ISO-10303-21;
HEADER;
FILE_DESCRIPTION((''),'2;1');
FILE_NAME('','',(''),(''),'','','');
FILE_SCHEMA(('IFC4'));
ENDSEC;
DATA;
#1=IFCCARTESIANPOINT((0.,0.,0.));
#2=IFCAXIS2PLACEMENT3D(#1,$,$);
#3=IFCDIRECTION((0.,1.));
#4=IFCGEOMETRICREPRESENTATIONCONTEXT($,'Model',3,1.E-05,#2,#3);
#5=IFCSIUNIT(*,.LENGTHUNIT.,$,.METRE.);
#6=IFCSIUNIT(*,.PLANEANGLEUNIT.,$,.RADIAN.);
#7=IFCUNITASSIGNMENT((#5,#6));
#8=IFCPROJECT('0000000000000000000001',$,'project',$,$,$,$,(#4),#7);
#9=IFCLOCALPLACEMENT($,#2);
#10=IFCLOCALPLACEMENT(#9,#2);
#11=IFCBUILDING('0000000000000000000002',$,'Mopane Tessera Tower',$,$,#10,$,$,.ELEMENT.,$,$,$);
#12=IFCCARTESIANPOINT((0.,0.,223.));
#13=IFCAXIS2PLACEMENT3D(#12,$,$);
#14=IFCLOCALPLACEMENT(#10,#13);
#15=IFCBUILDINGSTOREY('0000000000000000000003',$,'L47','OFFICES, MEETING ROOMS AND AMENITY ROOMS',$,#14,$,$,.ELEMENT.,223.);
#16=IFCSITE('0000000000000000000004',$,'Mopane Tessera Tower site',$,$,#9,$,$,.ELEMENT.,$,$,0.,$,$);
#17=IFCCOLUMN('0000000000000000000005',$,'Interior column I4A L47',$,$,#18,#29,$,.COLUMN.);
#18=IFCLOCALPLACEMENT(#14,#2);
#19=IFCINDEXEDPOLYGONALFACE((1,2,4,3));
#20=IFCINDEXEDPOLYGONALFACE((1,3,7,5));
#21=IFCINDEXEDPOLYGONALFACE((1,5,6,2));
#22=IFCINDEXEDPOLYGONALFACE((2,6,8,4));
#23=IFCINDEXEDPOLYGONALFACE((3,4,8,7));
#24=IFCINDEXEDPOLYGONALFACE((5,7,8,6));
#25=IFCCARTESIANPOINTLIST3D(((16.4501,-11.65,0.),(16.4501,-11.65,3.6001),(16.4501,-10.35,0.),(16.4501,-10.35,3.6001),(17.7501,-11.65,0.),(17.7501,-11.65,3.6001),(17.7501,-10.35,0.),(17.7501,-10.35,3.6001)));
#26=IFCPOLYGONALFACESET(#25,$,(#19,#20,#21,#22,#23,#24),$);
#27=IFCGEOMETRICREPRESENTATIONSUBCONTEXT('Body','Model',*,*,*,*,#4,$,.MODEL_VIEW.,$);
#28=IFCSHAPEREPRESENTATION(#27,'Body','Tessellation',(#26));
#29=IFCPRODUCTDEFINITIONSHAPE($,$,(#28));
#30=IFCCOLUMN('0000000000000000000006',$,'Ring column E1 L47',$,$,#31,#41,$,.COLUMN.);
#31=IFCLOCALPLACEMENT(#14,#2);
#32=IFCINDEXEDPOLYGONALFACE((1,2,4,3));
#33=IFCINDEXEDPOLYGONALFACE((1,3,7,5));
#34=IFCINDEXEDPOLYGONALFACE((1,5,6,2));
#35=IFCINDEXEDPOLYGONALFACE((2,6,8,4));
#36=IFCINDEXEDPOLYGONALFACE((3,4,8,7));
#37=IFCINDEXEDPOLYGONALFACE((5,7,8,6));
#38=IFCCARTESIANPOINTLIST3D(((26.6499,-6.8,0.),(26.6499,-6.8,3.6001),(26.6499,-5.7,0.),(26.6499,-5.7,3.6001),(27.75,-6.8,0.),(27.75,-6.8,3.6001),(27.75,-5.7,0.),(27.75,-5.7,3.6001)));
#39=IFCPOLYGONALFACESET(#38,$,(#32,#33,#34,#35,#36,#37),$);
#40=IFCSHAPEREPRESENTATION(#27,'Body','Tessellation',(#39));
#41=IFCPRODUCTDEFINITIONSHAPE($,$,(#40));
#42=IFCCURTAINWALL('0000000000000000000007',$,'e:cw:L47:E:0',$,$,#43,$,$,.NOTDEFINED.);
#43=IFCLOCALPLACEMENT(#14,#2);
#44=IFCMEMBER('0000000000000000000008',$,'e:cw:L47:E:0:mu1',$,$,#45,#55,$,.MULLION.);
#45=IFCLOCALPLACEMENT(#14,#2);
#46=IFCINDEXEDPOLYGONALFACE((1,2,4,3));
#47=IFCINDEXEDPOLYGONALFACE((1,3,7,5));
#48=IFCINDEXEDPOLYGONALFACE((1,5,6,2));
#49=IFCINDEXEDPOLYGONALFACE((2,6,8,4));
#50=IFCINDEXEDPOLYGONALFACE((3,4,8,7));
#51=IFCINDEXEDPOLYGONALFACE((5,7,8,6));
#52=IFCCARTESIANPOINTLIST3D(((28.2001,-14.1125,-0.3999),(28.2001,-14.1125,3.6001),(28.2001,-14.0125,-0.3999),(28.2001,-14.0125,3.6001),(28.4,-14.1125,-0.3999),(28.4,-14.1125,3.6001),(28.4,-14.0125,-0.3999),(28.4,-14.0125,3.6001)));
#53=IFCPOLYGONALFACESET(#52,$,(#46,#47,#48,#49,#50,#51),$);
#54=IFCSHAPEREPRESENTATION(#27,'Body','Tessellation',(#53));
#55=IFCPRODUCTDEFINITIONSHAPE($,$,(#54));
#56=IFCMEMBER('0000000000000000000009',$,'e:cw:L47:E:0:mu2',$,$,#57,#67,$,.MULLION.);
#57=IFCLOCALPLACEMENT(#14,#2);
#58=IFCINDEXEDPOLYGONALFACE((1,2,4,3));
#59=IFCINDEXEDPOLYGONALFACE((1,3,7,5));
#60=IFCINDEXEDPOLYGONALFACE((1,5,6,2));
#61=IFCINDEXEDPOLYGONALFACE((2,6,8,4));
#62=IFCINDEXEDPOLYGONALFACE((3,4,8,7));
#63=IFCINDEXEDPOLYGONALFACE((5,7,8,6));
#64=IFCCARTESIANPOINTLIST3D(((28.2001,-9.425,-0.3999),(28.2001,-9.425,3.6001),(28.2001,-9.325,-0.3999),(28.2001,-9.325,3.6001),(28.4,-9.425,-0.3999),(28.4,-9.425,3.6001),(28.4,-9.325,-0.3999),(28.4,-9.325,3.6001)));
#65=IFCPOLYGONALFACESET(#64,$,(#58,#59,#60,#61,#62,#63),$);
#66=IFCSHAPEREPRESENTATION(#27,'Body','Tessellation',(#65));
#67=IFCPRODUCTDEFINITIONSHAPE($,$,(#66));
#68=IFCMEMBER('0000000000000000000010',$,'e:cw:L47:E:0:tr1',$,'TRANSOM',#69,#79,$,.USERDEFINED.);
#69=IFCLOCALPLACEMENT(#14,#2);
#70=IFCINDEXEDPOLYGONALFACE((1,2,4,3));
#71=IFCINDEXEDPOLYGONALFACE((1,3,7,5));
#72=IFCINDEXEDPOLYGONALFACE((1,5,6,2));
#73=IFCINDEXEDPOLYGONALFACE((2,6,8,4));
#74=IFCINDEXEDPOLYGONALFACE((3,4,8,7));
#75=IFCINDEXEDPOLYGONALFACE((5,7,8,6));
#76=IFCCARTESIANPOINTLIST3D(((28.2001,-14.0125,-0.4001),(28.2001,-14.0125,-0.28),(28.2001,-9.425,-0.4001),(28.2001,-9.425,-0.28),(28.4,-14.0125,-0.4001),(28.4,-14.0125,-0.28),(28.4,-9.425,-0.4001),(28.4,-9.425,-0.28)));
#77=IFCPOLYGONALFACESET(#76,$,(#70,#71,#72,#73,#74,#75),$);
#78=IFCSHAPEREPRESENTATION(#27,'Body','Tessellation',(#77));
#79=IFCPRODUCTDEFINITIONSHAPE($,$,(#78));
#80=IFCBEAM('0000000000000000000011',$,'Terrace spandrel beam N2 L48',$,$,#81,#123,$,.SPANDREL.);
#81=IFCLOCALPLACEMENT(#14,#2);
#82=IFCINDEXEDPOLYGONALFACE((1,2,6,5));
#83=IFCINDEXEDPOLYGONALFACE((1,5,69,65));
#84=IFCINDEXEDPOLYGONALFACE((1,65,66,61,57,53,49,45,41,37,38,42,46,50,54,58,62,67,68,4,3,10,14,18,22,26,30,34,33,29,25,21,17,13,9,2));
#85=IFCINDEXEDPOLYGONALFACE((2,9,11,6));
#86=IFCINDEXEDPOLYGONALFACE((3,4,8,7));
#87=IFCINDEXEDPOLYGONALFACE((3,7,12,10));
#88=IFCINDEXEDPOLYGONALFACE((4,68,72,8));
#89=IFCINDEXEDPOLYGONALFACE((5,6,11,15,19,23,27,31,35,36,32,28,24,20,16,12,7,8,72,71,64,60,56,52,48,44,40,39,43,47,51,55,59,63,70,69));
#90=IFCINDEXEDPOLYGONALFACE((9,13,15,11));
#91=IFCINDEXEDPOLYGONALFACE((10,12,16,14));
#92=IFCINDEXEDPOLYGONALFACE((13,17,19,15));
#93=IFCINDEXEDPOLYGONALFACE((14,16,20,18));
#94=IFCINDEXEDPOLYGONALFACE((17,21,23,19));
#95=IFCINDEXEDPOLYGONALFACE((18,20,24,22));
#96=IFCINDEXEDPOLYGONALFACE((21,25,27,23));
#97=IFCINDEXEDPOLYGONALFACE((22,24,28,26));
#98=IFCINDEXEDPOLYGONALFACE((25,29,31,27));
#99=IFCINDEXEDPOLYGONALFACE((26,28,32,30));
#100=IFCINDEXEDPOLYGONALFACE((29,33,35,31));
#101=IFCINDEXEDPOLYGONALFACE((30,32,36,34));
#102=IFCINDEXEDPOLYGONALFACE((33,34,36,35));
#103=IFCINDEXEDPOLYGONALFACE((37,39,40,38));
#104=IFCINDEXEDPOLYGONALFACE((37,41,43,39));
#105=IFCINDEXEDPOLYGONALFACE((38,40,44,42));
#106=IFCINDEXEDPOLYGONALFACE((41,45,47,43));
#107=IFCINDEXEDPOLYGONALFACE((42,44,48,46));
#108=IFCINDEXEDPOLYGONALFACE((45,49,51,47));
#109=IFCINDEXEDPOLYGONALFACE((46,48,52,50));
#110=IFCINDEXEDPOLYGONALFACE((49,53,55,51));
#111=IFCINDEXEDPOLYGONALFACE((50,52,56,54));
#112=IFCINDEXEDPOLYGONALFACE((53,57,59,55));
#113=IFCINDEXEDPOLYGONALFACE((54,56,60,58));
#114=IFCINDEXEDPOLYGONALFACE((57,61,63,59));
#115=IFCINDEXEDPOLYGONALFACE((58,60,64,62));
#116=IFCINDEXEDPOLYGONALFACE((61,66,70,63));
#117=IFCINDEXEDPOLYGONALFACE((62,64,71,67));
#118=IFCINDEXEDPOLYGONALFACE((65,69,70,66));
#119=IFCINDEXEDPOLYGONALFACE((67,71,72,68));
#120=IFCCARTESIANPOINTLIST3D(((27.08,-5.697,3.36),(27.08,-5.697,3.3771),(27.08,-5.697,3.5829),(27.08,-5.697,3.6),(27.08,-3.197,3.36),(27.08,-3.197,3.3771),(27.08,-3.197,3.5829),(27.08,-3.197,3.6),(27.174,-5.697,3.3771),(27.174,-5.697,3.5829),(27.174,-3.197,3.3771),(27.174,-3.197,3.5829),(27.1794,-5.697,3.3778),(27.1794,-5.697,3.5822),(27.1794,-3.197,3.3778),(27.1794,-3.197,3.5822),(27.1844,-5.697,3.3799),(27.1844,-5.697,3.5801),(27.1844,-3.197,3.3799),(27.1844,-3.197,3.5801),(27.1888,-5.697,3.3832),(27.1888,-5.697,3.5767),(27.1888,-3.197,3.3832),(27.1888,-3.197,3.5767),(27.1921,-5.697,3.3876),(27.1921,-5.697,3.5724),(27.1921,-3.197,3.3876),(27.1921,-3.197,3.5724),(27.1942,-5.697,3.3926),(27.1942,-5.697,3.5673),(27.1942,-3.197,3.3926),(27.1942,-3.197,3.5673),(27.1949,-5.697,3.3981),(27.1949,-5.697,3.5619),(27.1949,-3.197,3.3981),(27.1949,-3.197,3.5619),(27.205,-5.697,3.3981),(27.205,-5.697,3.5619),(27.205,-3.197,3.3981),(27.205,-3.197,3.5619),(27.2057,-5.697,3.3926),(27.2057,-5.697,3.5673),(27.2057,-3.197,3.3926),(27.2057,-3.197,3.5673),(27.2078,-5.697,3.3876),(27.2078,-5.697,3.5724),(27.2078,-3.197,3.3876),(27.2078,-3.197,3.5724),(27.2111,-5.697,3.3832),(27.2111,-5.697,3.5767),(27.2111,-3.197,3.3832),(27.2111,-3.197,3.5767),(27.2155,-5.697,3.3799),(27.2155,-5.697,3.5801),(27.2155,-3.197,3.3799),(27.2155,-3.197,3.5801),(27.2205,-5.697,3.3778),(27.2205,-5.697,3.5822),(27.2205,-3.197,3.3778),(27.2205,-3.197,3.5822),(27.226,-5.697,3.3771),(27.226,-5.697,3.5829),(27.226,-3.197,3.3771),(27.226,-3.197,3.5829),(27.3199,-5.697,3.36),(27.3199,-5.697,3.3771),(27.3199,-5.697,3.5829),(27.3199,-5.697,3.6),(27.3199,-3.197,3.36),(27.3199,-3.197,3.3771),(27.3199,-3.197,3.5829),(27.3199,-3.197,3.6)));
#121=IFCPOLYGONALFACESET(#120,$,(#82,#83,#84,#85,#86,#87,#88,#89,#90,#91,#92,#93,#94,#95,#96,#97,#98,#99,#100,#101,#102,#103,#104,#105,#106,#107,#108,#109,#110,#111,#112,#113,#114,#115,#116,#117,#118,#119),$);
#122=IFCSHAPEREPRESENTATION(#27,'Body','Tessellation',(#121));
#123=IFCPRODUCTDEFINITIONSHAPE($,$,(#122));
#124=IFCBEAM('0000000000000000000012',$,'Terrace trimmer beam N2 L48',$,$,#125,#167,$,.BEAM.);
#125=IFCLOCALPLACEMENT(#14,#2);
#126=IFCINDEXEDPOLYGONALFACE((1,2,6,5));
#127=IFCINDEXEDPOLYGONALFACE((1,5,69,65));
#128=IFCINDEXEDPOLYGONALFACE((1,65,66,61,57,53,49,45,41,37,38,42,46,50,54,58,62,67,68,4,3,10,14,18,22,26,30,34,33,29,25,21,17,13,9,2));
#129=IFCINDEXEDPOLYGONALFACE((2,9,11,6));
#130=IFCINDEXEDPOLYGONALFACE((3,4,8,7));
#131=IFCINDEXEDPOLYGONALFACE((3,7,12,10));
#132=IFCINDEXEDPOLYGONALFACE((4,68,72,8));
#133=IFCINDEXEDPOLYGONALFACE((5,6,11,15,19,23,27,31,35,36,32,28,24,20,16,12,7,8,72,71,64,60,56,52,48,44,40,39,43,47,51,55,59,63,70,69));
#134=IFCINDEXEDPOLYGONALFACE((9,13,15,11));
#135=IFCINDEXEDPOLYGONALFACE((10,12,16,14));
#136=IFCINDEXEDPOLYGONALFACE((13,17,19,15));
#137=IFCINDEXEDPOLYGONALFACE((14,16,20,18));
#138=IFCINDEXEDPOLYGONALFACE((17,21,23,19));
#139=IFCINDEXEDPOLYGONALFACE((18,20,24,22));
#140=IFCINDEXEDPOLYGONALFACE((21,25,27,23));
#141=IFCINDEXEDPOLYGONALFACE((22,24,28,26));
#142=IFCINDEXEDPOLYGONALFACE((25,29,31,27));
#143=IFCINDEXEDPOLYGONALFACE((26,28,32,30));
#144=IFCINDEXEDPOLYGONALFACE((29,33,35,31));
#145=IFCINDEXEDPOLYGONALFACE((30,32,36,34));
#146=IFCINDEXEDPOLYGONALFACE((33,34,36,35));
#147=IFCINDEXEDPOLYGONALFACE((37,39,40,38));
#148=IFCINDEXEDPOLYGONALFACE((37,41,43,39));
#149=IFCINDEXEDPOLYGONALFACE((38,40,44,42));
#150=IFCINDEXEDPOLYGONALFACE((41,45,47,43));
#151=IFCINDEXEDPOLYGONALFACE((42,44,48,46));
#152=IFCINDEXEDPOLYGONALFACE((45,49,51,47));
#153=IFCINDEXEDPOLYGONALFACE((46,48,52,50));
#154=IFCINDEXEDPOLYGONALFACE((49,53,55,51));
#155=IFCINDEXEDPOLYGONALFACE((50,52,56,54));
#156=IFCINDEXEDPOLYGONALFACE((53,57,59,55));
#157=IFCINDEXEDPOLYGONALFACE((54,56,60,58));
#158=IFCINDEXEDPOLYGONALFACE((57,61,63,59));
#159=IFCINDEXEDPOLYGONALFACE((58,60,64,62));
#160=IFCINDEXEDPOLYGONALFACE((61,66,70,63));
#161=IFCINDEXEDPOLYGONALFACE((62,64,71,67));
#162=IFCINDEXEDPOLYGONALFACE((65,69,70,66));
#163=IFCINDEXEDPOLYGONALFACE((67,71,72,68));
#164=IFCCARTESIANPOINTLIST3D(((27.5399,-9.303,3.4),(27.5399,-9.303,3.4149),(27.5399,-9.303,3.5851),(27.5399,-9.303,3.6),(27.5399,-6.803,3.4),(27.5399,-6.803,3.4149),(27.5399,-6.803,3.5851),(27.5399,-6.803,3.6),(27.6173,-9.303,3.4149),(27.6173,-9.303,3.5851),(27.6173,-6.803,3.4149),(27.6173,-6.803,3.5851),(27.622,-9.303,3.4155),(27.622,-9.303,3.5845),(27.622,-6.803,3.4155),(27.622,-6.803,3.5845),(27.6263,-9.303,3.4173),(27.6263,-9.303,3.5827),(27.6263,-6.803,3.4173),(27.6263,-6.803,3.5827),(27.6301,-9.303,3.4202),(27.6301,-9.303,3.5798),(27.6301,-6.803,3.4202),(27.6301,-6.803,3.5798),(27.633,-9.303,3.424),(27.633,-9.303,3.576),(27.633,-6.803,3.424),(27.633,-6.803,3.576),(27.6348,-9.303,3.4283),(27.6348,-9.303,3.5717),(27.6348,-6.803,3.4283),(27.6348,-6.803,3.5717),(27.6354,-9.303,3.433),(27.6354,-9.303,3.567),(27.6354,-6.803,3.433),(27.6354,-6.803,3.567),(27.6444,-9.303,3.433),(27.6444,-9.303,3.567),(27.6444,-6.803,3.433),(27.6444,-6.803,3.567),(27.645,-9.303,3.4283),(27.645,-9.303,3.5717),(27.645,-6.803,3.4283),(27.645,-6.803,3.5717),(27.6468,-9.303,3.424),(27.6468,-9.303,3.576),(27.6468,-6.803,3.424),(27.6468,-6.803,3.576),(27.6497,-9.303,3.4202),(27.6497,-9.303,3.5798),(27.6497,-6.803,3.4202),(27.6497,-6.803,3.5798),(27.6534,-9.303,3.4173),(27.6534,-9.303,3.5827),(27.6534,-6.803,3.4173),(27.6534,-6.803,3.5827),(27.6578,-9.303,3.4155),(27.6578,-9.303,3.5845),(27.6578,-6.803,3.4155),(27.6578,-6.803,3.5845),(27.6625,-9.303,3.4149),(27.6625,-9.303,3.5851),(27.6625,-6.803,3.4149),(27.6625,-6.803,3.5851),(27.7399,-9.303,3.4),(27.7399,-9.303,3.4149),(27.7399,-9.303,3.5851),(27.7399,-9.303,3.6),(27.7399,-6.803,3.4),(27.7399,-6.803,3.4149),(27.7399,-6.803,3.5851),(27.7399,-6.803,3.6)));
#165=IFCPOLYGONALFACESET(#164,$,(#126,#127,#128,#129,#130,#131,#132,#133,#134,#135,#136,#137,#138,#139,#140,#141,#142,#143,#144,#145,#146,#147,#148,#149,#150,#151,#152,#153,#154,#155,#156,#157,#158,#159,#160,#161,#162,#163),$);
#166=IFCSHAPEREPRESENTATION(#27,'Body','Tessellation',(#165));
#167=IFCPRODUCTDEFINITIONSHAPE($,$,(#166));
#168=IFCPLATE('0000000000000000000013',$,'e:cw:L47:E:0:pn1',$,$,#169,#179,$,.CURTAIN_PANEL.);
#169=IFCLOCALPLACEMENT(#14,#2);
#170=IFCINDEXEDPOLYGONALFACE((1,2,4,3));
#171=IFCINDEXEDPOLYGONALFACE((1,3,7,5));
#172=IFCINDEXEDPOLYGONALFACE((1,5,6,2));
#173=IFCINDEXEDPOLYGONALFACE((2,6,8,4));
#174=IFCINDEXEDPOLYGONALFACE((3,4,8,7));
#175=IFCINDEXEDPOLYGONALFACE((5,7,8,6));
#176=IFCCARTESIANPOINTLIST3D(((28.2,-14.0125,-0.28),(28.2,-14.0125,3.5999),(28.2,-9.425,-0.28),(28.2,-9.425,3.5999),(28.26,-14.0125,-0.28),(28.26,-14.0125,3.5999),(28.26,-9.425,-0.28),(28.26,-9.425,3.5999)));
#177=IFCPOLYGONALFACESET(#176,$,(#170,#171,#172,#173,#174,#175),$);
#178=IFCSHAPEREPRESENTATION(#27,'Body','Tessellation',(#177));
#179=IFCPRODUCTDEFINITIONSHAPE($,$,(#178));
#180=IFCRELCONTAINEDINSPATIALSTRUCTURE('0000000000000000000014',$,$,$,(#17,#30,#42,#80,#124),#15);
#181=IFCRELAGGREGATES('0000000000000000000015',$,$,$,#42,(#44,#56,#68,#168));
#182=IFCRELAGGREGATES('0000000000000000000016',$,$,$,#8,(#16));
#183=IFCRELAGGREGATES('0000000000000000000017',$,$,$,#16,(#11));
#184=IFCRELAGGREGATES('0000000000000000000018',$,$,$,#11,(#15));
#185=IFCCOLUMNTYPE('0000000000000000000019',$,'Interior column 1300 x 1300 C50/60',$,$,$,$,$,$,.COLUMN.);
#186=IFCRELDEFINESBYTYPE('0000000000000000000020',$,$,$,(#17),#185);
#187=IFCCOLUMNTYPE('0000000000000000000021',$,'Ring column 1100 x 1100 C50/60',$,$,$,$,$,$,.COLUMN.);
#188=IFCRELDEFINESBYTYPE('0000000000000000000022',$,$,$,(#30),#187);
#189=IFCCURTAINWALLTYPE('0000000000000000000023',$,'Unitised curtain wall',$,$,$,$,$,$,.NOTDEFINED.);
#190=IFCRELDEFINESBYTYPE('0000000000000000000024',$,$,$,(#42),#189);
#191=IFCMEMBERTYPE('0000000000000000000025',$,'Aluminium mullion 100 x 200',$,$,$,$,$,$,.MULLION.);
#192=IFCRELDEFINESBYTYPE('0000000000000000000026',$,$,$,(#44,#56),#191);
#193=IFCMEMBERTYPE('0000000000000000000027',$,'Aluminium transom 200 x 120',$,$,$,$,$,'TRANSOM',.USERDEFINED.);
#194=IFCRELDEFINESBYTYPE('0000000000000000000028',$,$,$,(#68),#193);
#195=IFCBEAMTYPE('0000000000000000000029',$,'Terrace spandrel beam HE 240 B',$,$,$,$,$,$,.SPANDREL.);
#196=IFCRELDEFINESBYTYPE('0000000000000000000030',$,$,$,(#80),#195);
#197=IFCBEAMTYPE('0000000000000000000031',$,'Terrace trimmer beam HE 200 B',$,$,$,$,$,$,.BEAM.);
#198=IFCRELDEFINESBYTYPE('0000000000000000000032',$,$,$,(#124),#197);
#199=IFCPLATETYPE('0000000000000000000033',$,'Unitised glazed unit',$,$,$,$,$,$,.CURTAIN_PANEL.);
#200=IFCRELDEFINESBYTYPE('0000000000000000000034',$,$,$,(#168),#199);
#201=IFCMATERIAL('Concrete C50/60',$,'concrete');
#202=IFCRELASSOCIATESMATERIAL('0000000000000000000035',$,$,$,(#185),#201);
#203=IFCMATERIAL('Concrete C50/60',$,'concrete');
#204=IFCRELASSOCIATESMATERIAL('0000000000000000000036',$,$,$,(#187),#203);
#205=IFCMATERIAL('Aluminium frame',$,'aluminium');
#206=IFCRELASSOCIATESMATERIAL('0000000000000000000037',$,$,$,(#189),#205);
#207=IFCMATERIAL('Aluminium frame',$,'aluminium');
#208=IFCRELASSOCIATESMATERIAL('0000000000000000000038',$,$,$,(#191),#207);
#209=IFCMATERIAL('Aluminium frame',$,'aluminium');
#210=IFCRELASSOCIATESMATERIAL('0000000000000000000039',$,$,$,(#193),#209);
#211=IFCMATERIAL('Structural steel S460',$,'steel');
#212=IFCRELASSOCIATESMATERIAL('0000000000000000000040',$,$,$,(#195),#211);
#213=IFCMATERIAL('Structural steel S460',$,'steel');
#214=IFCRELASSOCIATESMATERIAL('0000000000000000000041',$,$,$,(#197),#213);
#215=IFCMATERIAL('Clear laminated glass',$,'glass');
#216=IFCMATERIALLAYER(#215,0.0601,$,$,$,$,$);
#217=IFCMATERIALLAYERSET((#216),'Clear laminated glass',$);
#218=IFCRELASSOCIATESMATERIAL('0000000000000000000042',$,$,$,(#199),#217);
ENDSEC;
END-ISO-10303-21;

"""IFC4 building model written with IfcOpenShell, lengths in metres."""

from ifc_helpers import new_model, si_unit, direction, frame, origin, origin_2d, place, context, subcontext, project, spatial, rectangle, i_section, extrude, material, layer, layer_set, material_profile, profile_set, type_object, element, aggregate, save


model = new_model("IFC4")

# Units and contexts
model_context = context("Model", 3, precision=1e-05, world=origin(), true_north=direction((0.0, 1.0)))
body_context = subcontext(model_context, "Body", "Model", "MODEL_VIEW")
ifc_project = project(units=[si_unit("LENGTHUNIT", "METRE"), si_unit("PLANEANGLEUNIT", "RADIAN")], contexts=[model_context])

# Site, building, storey
site_placement = place(None, origin())
site = spatial("IfcSite", under=ifc_project, at=site_placement, Name="Mopane Tessera Tower site", CompositionType="ELEMENT", RefElevation=0.0)
building_placement = place(site_placement, origin())
building = spatial("IfcBuilding", under=site, at=building_placement, Name="Mopane Tessera Tower", CompositionType="ELEMENT")
storey_placement = place(building_placement, frame((0.0, 0.0, 223.0)))
storey = spatial("IfcBuildingStorey", under=building, at=storey_placement, Name="L47", Description="OFFICES, MEETING ROOMS AND AMENITY ROOMS", CompositionType="ELEMENT", Elevation=223.0)

# Columns
ifc_material_1 = material(Name="Concrete C50/60", Category="concrete")
ifc_material_profile_1 = material_profile(ifc_material_1, rectangle(XDim=1.3, YDim=1.3, at=origin_2d()))
ifc_profile_set_1 = profile_set([ifc_material_profile_1], Name="Concrete C50/60")
column_type_1 = type_object("IfcColumnType", Name="Interior column 1300 x 1300 C50/60", PredefinedType="COLUMN", material=ifc_profile_set_1)
column_1_placement = place(storey_placement, frame((17.1001, -11.0, 0.0), z_axis=(0.0, 0.0, 1.0), x_axis=(1.0, 0.0, 0.0)))
element("IfcColumn", 1, at=column_1_placement, inside=storey, type_object=column_type_1, Name="Interior column I4A L47", PredefinedType="COLUMN", context=body_context, shape_type="SweptSolid", body=[
    extrude(rectangle(XDim=1.3, YDim=1.3, at=origin_2d()), origin(), (0.0, 0.0, 1.0), 3.6001),
])
ifc_material_2 = material(Name="Concrete C50/60", Category="concrete")
ifc_material_profile_2 = material_profile(ifc_material_2, rectangle(XDim=1.1001, YDim=1.1001, at=origin_2d()))
ifc_profile_set_2 = profile_set([ifc_material_profile_2], Name="Concrete C50/60")
column_type_2 = type_object("IfcColumnType", Name="Ring column 1100 x 1100 C50/60", PredefinedType="COLUMN", material=ifc_profile_set_2)
column_2_placement = place(storey_placement, frame((27.2, -6.25, 0.0), z_axis=(0.0, 0.0, 1.0), x_axis=(1.0, 0.0, 0.0)))
element("IfcColumn", 2, at=column_2_placement, inside=storey, type_object=column_type_2, Name="Ring column E1 L47", PredefinedType="COLUMN", context=body_context, shape_type="SweptSolid", body=[
    extrude(rectangle(XDim=1.1001, YDim=1.1001, at=origin_2d()), origin(), (0.0, 0.0, 1.0), 3.6001),
])

# Curtain wall, members
ifc_material_3 = material(Name="Aluminium frame", Category="aluminium")
curtain_wall_type = type_object("IfcCurtainWallType", Name="Unitised curtain wall", PredefinedType="NOTDEFINED", material=ifc_material_3)
curtain_wall_placement = place(storey_placement, origin())
curtain_wall = element("IfcCurtainWall", 3, at=curtain_wall_placement, inside=storey, type_object=curtain_wall_type, Name="e:cw:L47:E:0", PredefinedType="NOTDEFINED")
ifc_material_4 = material(Name="Aluminium frame", Category="aluminium")
ifc_material_profile_3 = material_profile(ifc_material_4, rectangle(XDim=0.1001, YDim=0.2, at=origin_2d()))
ifc_profile_set_3 = profile_set([ifc_material_profile_3], Name="Aluminium frame")
member_type_1 = type_object("IfcMemberType", Name="Aluminium mullion 100 x 200", PredefinedType="MULLION", material=ifc_profile_set_3)
member_1_placement = place(storey_placement, frame((28.3, -14.0625, -0.3999), z_axis=(0.0, 0.0, 1.0), x_axis=(0.0, 1.0, 0.0)))
member_1 = element("IfcMember", 4, at=member_1_placement, type_object=member_type_1, Name="e:cw:L47:E:0:mu1", PredefinedType="MULLION", context=body_context, shape_type="SweptSolid", body=[
    extrude(rectangle(XDim=0.1001, YDim=0.2, at=origin_2d()), origin(), (0.0, 0.0, 1.0), 4.0),
])
member_2_placement = place(storey_placement, frame((28.3, -9.375, -0.3999), z_axis=(0.0, 0.0, 1.0), x_axis=(0.0, 1.0, 0.0)))
member_2 = element("IfcMember", 5, at=member_2_placement, type_object=member_type_1, Name="e:cw:L47:E:0:mu2", PredefinedType="MULLION", context=body_context, shape_type="SweptSolid", body=[
    extrude(rectangle(XDim=0.1001, YDim=0.2, at=origin_2d()), origin(), (0.0, 0.0, 1.0), 4.0),
])
ifc_material_5 = material(Name="Aluminium frame", Category="aluminium")
ifc_material_profile_4 = material_profile(ifc_material_5, rectangle(XDim=0.2, YDim=0.1201, at=origin_2d()))
ifc_profile_set_4 = profile_set([ifc_material_profile_4], Name="Aluminium frame")
member_type_2 = type_object("IfcMemberType", Name="Aluminium transom 200 x 120", ElementType="TRANSOM", PredefinedType="USERDEFINED", material=ifc_profile_set_4)
member_3_placement = place(storey_placement, frame((28.3, -14.0125, -0.3401), z_axis=(0.0, 1.0, 0.0), x_axis=(-1.0, 0.0, 0.0)))
member_3 = element("IfcMember", 6, at=member_3_placement, type_object=member_type_2, Name="e:cw:L47:E:0:tr1", ObjectType="TRANSOM", PredefinedType="USERDEFINED", context=body_context, shape_type="SweptSolid", body=[
    extrude(rectangle(XDim=0.2, YDim=0.1201, at=origin_2d()), origin(), (0.0, 0.0, 1.0), 4.5874),
])

# Beams
ifc_material_6 = material(Name="Structural steel S460", Category="steel")
ifc_material_profile_5 = material_profile(ifc_material_6, i_section(OverallWidth=0.24, OverallDepth=0.24, WebThickness=0.01, FlangeThickness=0.0171, FilletRadius=0.021, at=origin_2d()))
ifc_profile_set_5 = profile_set([ifc_material_profile_5], Name="Structural steel S460")
beam_type_1 = type_object("IfcBeamType", Name="Terrace spandrel beam HE 240 B", PredefinedType="SPANDREL", material=ifc_profile_set_5)
beam_1_placement = place(storey_placement, frame((27.2, -5.697, 3.48), z_axis=(0.0, 1.0, 0.0), x_axis=(-1.0, 0.0, 0.0)))
element("IfcBeam", 7, at=beam_1_placement, inside=storey, type_object=beam_type_1, Name="Terrace spandrel beam N2 L48", PredefinedType="SPANDREL", context=body_context, shape_type="SweptSolid", body=[
    extrude(i_section(OverallWidth=0.24, OverallDepth=0.24, WebThickness=0.01, FlangeThickness=0.0171, FilletRadius=0.021, at=origin_2d()), origin(), (0.0, 0.0, 1.0), 2.5),
])
ifc_material_7 = material(Name="Structural steel S460", Category="steel")
ifc_material_profile_6 = material_profile(ifc_material_7, i_section(OverallWidth=0.2, OverallDepth=0.2, WebThickness=0.009, FlangeThickness=0.0149, FilletRadius=0.0181, at=origin_2d()))
ifc_profile_set_6 = profile_set([ifc_material_profile_6], Name="Structural steel S460")
beam_type_2 = type_object("IfcBeamType", Name="Terrace trimmer beam HE 200 B", PredefinedType="BEAM", material=ifc_profile_set_6)
beam_2_placement = place(storey_placement, frame((27.6399, -6.803, 3.5), z_axis=(0.0, -1.0, 0.0), x_axis=(1.0, 0.0, 0.0)))
element("IfcBeam", 8, at=beam_2_placement, inside=storey, type_object=beam_type_2, Name="Terrace trimmer beam N2 L48", PredefinedType="BEAM", context=body_context, shape_type="SweptSolid", body=[
    extrude(i_section(OverallWidth=0.2, OverallDepth=0.2, WebThickness=0.009, FlangeThickness=0.0149, FilletRadius=0.0181, at=origin_2d()), origin(), (0.0, 0.0, 1.0), 2.5),
])

# Plate
ifc_material_8 = material(Name="Clear laminated glass", Category="glass")
ifc_layer_1 = layer(ifc_material_8, 0.0601)
ifc_layer_set_1 = layer_set([ifc_layer_1], Name="Clear laminated glass")
plate_type = type_object("IfcPlateType", Name="Unitised glazed unit", PredefinedType="CURTAIN_PANEL", material=ifc_layer_set_1)
plate_placement = place(storey_placement, frame((28.23, -11.7188, -0.28), z_axis=(0.0, 0.0, 1.0), x_axis=(0.0, 1.0, 0.0)))
plate = element("IfcPlate", 9, at=plate_placement, type_object=plate_type, Name="e:cw:L47:E:0:pn1", PredefinedType="CURTAIN_PANEL", context=body_context, shape_type="SweptSolid", body=[
    extrude(rectangle(XDim=4.5874, YDim=0.0601, at=origin_2d()), origin(), (0.0, 0.0, 1.0), 3.8799),
])
aggregate(curtain_wall, [member_1, member_2, member_3, plate])

save(model, "model.ifc")
